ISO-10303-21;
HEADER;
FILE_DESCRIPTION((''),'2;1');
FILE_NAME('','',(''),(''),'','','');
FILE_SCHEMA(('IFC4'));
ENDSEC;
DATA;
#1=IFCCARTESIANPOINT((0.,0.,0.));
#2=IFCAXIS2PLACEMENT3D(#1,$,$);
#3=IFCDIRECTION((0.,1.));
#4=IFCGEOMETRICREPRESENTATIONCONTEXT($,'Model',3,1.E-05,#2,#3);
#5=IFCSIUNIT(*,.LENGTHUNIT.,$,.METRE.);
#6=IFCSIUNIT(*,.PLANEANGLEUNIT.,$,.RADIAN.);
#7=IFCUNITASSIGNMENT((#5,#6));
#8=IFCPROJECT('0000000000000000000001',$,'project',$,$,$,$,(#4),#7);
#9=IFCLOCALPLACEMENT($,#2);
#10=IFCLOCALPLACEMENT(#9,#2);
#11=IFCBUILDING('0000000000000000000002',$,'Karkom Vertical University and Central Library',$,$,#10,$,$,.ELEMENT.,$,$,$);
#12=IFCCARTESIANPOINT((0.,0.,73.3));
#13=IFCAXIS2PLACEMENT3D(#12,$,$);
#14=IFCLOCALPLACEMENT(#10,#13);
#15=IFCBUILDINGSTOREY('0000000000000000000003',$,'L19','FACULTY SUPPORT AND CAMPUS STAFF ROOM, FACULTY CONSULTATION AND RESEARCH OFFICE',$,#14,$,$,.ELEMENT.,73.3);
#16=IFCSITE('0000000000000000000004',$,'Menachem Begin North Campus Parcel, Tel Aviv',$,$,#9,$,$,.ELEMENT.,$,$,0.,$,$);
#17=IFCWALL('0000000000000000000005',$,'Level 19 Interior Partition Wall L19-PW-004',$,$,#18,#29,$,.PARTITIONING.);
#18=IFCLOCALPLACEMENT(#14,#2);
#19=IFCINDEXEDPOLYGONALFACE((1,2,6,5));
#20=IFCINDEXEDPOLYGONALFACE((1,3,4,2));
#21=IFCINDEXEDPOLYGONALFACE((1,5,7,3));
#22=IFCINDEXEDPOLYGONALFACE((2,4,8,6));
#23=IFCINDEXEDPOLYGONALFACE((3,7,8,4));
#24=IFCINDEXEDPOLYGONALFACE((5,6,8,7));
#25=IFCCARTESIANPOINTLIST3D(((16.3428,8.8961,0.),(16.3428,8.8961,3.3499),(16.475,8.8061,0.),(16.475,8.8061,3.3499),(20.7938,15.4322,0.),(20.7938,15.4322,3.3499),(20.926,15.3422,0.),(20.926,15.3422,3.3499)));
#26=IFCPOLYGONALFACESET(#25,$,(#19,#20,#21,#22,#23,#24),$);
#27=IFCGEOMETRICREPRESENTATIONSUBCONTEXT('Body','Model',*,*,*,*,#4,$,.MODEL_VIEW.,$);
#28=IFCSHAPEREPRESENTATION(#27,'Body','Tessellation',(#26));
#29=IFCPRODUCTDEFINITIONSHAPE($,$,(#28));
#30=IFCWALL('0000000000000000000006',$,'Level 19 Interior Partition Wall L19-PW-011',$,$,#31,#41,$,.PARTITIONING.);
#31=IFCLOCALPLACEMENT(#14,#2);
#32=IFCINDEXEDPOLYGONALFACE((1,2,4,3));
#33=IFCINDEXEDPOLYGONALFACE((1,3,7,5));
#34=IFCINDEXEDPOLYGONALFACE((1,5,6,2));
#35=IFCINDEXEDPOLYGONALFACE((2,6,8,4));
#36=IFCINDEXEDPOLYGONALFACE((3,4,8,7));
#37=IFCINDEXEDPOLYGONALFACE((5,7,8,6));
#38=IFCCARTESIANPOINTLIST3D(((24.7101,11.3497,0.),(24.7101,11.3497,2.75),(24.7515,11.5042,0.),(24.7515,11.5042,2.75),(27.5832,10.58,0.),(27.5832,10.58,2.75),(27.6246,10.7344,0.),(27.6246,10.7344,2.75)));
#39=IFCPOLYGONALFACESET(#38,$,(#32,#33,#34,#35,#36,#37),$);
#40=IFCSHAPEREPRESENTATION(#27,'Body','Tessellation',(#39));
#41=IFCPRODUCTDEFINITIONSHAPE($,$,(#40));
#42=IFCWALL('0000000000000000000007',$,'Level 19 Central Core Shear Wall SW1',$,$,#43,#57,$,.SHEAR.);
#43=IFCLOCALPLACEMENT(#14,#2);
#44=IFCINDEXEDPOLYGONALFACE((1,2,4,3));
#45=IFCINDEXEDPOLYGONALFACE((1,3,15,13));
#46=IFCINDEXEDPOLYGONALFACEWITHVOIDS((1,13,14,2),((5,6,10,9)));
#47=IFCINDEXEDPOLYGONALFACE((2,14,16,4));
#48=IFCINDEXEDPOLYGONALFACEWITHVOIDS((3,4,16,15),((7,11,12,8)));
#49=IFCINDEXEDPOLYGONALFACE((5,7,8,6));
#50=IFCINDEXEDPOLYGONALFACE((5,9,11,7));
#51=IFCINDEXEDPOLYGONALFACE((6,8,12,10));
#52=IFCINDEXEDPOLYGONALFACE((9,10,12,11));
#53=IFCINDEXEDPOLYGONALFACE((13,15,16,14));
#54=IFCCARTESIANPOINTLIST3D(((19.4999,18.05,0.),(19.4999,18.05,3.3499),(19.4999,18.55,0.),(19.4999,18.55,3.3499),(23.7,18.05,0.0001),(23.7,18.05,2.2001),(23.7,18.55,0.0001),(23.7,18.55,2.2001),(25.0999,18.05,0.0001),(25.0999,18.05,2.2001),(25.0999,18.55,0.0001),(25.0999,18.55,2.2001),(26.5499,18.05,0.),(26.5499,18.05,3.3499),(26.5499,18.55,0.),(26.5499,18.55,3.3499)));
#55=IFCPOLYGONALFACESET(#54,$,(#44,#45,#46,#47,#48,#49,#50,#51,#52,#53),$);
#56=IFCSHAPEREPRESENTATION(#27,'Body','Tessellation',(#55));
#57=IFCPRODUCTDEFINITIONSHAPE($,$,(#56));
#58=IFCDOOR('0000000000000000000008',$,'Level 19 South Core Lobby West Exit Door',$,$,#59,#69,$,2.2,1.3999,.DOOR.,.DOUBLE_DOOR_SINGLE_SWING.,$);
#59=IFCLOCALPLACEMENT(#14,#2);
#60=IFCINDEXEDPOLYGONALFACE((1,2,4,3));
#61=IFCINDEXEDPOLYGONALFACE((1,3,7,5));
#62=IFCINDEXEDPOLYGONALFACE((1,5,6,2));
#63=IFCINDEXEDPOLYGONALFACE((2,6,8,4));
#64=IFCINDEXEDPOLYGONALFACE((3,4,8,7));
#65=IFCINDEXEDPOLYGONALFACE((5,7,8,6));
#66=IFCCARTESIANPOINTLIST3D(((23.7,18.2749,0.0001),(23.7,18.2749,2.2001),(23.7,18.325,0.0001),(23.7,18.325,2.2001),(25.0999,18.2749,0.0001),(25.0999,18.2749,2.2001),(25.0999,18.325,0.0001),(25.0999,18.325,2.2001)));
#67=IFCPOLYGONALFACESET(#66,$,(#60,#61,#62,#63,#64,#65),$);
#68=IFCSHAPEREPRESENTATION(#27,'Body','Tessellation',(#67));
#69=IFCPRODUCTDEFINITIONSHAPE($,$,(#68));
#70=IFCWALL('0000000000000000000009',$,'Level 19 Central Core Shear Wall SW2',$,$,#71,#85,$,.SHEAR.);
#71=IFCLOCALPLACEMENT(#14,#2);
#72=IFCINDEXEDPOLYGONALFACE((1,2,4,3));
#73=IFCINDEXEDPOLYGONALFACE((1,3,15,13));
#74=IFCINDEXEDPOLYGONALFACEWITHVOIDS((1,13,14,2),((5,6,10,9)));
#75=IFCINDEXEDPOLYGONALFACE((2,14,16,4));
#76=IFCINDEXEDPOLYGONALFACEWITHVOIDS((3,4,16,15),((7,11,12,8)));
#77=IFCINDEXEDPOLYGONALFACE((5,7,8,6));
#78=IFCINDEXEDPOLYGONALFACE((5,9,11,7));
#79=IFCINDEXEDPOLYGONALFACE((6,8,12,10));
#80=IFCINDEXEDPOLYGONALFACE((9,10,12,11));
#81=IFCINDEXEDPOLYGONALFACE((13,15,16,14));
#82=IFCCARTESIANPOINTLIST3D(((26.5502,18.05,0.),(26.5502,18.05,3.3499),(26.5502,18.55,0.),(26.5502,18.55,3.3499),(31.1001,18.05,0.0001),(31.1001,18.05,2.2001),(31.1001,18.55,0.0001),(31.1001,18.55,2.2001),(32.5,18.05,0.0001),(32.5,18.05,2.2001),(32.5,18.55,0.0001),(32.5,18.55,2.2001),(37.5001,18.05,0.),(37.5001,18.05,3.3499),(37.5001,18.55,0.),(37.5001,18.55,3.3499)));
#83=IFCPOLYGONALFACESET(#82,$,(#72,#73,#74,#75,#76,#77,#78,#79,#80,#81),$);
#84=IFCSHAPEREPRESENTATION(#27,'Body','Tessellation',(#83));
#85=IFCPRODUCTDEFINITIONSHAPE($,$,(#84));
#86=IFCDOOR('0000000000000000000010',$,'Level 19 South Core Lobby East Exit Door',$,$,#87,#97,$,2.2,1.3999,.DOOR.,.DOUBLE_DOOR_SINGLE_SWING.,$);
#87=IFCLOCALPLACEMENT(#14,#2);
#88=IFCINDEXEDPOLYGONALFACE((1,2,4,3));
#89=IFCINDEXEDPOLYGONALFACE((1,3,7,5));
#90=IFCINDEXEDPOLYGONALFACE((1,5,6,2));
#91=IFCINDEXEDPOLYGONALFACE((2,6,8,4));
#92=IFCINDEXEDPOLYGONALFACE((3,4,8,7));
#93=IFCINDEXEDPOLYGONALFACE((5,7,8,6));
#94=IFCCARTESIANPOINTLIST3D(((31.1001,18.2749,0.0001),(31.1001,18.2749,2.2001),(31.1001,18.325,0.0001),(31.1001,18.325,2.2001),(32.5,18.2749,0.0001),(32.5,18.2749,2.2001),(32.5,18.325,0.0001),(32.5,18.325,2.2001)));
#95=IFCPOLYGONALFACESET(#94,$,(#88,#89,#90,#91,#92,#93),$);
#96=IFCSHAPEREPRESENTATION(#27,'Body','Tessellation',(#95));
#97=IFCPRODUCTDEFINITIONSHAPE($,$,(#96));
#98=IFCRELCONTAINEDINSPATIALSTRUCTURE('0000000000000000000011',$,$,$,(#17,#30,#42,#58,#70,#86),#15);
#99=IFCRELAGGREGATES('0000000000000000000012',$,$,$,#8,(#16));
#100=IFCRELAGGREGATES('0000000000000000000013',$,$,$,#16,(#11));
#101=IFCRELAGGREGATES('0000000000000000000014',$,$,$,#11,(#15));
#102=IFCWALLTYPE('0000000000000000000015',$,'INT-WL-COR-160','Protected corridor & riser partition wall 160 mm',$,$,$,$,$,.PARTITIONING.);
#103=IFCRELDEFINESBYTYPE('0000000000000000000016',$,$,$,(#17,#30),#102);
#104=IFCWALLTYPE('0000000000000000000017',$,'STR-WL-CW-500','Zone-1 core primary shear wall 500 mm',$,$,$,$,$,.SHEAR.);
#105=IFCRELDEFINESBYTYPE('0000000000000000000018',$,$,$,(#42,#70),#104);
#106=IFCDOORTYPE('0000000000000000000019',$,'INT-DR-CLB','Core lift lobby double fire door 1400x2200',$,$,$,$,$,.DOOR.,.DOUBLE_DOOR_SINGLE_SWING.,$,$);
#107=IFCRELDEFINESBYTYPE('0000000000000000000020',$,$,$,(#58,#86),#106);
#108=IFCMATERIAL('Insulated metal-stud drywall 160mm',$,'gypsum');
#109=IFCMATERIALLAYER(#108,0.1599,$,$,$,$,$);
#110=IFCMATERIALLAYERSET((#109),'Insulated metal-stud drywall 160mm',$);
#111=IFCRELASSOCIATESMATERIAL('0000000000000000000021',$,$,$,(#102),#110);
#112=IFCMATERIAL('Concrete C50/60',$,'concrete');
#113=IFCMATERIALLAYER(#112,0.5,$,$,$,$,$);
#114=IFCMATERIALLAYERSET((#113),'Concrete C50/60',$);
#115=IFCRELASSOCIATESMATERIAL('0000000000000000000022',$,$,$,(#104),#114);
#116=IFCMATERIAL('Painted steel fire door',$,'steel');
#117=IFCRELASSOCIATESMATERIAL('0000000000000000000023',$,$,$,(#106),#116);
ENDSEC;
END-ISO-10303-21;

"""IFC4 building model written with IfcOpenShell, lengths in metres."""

from ifc_helpers import new_model, si_unit, direction, frame, frame_2d, origin, origin_with_axes, place, context, subcontext, project, spatial, rectangle, extrude, source, transform, mapped, material, layer, layer_set, type_object, element, fill, save


model = new_model("IFC4")

# Units and contexts
model_context = context("Model", 3, precision=1e-05, world=origin(), true_north=direction((0.0, 1.0)))
body_context = subcontext(model_context, "Body", "Model", "MODEL_VIEW")
ifc_project = project(units=[si_unit("LENGTHUNIT", "METRE"), si_unit("PLANEANGLEUNIT", "RADIAN")], contexts=[model_context])

# Site, building, storey
site_placement = place(None, origin())
site = spatial("IfcSite", under=ifc_project, at=site_placement, Name="Menachem Begin North Campus Parcel, Tel Aviv", CompositionType="ELEMENT", RefElevation=0.0)
building_placement = place(site_placement, origin())
building = spatial("IfcBuilding", under=site, at=building_placement, Name="Karkom Vertical University and Central Library", CompositionType="ELEMENT")
storey_placement = place(building_placement, frame((0.0, 0.0, 73.3)))
storey = spatial("IfcBuildingStorey", under=building, at=storey_placement, Name="L19", Description="FACULTY SUPPORT AND CAMPUS STAFF ROOM, FACULTY CONSULTATION AND RESEARCH OFFICE", CompositionType="ELEMENT", Elevation=73.3)

# Shared definitions
ifc_material_1 = material(Name="Concrete C50/60", Category="concrete")

# Shared definitions
ifc_material_2 = material(Name="Insulated metal-stud drywall 160mm", Category="gypsum")
ifc_layer_1 = layer(ifc_material_2, 0.1599)
ifc_layer_set_1 = layer_set([ifc_layer_1], Name="Insulated metal-stud drywall 160mm")
wall_type_1 = type_object("IfcWallType", Name="INT-WL-COR-160", Description="Protected corridor & riser partition wall 160 mm", PredefinedType="PARTITIONING", material=ifc_layer_set_1)

# Walls
wall_1_placement = place(storey_placement, frame((20.8599, 15.3872, 0.0), z_axis=(0.0, 0.0, 1.0), x_axis=(-0.56286, -0.826552, 0.0)))
element("IfcWall", 1, at=wall_1_placement, inside=storey, type_object=wall_type_1, Name="Level 19 Interior Partition Wall L19-PW-004", PredefinedType="PARTITIONING", context=body_context, shape_type="SweptSolid", body=[
    extrude(rectangle(XDim=7.9077, YDim=0.1599, at=frame_2d((3.9539, 0.0))), origin(), (0.0, 0.0, 1.0), 3.3499),
])
wall_2_placement = place(storey_placement, frame((24.7307, 11.427, 0.0), z_axis=(0.0, 0.0, 1.0), x_axis=(0.96593, -0.258802, 0.0)))
element("IfcWall", 2, at=wall_2_placement, inside=storey, type_object=wall_type_1, Name="Level 19 Interior Partition Wall L19-PW-011", PredefinedType="PARTITIONING", context=body_context, shape_type="SweptSolid", body=[
    extrude(rectangle(XDim=2.9744, YDim=0.1599, at=frame_2d((1.4873, 0.0))), origin(), (0.0, 0.0, 1.0), 2.75),
])

# Walls, openings, doors
ifc_layer_2 = layer(ifc_material_1, 0.5)
ifc_layer_set_2 = layer_set([ifc_layer_2], Name="Concrete C50/60")
wall_type_2 = type_object("IfcWallType", Name="STR-WL-CW-500", Description="Zone-1 core primary shear wall 500 mm", PredefinedType="SHEAR", material=ifc_layer_set_2)
wall_3_placement = place(storey_placement, frame((19.5, 18.3, 0.0), z_axis=(0.0, 0.0, 1.0), x_axis=(1.0, 0.0, 0.0)))
wall_3 = element("IfcWall", 3, at=wall_3_placement, inside=storey, type_object=wall_type_2, Name="Level 19 Central Core Shear Wall SW1", PredefinedType="SHEAR", context=body_context, shape_type="SweptSolid", body=[
    extrude(rectangle(XDim=7.05, YDim=0.5, at=frame_2d((3.5249, 0.0))), origin(), (0.0, 0.0, 1.0), 3.3499),
])
opening_1_placement = place(wall_3_placement, frame((4.2, 0.0, 0.0)))
opening_1 = element("IfcOpeningElement", 4, at=opening_1_placement, cuts=wall_3, PredefinedType="OPENING", context=body_context, shape_type="SweptSolid", body=[
    extrude(rectangle(XDim=1.3999, YDim=2.2, at=frame_2d((0.7, 1.1001))), frame((0.0, 0.26, 0.0), z_axis=(0.0, -1.0, 0.0), x_axis=(1.0, 0.0, 0.0)), (0.0, 0.0, 1.0), 0.52),
])
ifc_material_3 = material(Name="Painted steel fire door", Category="steel")
door_type_1 = type_object("IfcDoorType", Name="INT-DR-CLB", Description="Core lift lobby double fire door 1400x2200", OperationType="DOUBLE_DOOR_SINGLE_SWING", PredefinedType="DOOR", material=ifc_material_3)
shared_shape_1 = source(origin_with_axes(), body_context, "Body", "SweptSolid", [
    extrude(rectangle(XDim=1.3999, YDim=2.2, at=frame_2d((0.7, 1.1001))), frame((0.0, 0.0249, 0.0), z_axis=(0.0, -1.0, 0.0), x_axis=(1.0, 0.0, 0.0)), (0.0, 0.0, 1.0), 0.05),
])
door_1_placement = place(opening_1_placement, origin())
door_1 = element("IfcDoor", 5, at=door_1_placement, inside=storey, type_object=door_type_1, Name="Level 19 South Core Lobby West Exit Door", OperationType="DOUBLE_DOOR_SINGLE_SWING", OverallHeight=2.2, OverallWidth=1.3999, PredefinedType="DOOR", context=body_context, shape_type="MappedRepresentation", body=[
    mapped(shared_shape_1, transform((0.0, 0.0, 0.0), scale=1.0)),
])
fill(opening_1, door_1)
wall_4_placement = place(storey_placement, frame((26.55, 18.3, 0.0), z_axis=(0.0, 0.0, 1.0), x_axis=(1.0, 0.0, 0.0)))
wall_4 = element("IfcWall", 6, at=wall_4_placement, inside=storey, type_object=wall_type_2, Name="Level 19 Central Core Shear Wall SW2", PredefinedType="SHEAR", context=body_context, shape_type="SweptSolid", body=[
    extrude(rectangle(XDim=10.95, YDim=0.5, at=frame_2d((5.4751, 0.0))), origin(), (0.0, 0.0, 1.0), 3.3499),
])
opening_2_placement = place(wall_4_placement, frame((4.55, 0.0, 0.0)))
opening_2 = element("IfcOpeningElement", 7, at=opening_2_placement, cuts=wall_4, PredefinedType="OPENING", context=body_context, shape_type="SweptSolid", body=[
    extrude(rectangle(XDim=1.3999, YDim=2.2, at=frame_2d((0.7, 1.1001))), frame((0.0, 0.26, 0.0), z_axis=(0.0, -1.0, 0.0), x_axis=(1.0, 0.0, 0.0)), (0.0, 0.0, 1.0), 0.52),
])
door_2_placement = place(opening_2_placement, origin())
door_2 = element("IfcDoor", 8, at=door_2_placement, inside=storey, type_object=door_type_1, Name="Level 19 South Core Lobby East Exit Door", OperationType="DOUBLE_DOOR_SINGLE_SWING", OverallHeight=2.2, OverallWidth=1.3999, PredefinedType="DOOR", context=body_context, shape_type="MappedRepresentation", body=[
    mapped(shared_shape_1, transform((0.0, 0.0, 0.0), scale=1.0)),
])
fill(opening_2, door_2)

save(model, "model.ifc")
